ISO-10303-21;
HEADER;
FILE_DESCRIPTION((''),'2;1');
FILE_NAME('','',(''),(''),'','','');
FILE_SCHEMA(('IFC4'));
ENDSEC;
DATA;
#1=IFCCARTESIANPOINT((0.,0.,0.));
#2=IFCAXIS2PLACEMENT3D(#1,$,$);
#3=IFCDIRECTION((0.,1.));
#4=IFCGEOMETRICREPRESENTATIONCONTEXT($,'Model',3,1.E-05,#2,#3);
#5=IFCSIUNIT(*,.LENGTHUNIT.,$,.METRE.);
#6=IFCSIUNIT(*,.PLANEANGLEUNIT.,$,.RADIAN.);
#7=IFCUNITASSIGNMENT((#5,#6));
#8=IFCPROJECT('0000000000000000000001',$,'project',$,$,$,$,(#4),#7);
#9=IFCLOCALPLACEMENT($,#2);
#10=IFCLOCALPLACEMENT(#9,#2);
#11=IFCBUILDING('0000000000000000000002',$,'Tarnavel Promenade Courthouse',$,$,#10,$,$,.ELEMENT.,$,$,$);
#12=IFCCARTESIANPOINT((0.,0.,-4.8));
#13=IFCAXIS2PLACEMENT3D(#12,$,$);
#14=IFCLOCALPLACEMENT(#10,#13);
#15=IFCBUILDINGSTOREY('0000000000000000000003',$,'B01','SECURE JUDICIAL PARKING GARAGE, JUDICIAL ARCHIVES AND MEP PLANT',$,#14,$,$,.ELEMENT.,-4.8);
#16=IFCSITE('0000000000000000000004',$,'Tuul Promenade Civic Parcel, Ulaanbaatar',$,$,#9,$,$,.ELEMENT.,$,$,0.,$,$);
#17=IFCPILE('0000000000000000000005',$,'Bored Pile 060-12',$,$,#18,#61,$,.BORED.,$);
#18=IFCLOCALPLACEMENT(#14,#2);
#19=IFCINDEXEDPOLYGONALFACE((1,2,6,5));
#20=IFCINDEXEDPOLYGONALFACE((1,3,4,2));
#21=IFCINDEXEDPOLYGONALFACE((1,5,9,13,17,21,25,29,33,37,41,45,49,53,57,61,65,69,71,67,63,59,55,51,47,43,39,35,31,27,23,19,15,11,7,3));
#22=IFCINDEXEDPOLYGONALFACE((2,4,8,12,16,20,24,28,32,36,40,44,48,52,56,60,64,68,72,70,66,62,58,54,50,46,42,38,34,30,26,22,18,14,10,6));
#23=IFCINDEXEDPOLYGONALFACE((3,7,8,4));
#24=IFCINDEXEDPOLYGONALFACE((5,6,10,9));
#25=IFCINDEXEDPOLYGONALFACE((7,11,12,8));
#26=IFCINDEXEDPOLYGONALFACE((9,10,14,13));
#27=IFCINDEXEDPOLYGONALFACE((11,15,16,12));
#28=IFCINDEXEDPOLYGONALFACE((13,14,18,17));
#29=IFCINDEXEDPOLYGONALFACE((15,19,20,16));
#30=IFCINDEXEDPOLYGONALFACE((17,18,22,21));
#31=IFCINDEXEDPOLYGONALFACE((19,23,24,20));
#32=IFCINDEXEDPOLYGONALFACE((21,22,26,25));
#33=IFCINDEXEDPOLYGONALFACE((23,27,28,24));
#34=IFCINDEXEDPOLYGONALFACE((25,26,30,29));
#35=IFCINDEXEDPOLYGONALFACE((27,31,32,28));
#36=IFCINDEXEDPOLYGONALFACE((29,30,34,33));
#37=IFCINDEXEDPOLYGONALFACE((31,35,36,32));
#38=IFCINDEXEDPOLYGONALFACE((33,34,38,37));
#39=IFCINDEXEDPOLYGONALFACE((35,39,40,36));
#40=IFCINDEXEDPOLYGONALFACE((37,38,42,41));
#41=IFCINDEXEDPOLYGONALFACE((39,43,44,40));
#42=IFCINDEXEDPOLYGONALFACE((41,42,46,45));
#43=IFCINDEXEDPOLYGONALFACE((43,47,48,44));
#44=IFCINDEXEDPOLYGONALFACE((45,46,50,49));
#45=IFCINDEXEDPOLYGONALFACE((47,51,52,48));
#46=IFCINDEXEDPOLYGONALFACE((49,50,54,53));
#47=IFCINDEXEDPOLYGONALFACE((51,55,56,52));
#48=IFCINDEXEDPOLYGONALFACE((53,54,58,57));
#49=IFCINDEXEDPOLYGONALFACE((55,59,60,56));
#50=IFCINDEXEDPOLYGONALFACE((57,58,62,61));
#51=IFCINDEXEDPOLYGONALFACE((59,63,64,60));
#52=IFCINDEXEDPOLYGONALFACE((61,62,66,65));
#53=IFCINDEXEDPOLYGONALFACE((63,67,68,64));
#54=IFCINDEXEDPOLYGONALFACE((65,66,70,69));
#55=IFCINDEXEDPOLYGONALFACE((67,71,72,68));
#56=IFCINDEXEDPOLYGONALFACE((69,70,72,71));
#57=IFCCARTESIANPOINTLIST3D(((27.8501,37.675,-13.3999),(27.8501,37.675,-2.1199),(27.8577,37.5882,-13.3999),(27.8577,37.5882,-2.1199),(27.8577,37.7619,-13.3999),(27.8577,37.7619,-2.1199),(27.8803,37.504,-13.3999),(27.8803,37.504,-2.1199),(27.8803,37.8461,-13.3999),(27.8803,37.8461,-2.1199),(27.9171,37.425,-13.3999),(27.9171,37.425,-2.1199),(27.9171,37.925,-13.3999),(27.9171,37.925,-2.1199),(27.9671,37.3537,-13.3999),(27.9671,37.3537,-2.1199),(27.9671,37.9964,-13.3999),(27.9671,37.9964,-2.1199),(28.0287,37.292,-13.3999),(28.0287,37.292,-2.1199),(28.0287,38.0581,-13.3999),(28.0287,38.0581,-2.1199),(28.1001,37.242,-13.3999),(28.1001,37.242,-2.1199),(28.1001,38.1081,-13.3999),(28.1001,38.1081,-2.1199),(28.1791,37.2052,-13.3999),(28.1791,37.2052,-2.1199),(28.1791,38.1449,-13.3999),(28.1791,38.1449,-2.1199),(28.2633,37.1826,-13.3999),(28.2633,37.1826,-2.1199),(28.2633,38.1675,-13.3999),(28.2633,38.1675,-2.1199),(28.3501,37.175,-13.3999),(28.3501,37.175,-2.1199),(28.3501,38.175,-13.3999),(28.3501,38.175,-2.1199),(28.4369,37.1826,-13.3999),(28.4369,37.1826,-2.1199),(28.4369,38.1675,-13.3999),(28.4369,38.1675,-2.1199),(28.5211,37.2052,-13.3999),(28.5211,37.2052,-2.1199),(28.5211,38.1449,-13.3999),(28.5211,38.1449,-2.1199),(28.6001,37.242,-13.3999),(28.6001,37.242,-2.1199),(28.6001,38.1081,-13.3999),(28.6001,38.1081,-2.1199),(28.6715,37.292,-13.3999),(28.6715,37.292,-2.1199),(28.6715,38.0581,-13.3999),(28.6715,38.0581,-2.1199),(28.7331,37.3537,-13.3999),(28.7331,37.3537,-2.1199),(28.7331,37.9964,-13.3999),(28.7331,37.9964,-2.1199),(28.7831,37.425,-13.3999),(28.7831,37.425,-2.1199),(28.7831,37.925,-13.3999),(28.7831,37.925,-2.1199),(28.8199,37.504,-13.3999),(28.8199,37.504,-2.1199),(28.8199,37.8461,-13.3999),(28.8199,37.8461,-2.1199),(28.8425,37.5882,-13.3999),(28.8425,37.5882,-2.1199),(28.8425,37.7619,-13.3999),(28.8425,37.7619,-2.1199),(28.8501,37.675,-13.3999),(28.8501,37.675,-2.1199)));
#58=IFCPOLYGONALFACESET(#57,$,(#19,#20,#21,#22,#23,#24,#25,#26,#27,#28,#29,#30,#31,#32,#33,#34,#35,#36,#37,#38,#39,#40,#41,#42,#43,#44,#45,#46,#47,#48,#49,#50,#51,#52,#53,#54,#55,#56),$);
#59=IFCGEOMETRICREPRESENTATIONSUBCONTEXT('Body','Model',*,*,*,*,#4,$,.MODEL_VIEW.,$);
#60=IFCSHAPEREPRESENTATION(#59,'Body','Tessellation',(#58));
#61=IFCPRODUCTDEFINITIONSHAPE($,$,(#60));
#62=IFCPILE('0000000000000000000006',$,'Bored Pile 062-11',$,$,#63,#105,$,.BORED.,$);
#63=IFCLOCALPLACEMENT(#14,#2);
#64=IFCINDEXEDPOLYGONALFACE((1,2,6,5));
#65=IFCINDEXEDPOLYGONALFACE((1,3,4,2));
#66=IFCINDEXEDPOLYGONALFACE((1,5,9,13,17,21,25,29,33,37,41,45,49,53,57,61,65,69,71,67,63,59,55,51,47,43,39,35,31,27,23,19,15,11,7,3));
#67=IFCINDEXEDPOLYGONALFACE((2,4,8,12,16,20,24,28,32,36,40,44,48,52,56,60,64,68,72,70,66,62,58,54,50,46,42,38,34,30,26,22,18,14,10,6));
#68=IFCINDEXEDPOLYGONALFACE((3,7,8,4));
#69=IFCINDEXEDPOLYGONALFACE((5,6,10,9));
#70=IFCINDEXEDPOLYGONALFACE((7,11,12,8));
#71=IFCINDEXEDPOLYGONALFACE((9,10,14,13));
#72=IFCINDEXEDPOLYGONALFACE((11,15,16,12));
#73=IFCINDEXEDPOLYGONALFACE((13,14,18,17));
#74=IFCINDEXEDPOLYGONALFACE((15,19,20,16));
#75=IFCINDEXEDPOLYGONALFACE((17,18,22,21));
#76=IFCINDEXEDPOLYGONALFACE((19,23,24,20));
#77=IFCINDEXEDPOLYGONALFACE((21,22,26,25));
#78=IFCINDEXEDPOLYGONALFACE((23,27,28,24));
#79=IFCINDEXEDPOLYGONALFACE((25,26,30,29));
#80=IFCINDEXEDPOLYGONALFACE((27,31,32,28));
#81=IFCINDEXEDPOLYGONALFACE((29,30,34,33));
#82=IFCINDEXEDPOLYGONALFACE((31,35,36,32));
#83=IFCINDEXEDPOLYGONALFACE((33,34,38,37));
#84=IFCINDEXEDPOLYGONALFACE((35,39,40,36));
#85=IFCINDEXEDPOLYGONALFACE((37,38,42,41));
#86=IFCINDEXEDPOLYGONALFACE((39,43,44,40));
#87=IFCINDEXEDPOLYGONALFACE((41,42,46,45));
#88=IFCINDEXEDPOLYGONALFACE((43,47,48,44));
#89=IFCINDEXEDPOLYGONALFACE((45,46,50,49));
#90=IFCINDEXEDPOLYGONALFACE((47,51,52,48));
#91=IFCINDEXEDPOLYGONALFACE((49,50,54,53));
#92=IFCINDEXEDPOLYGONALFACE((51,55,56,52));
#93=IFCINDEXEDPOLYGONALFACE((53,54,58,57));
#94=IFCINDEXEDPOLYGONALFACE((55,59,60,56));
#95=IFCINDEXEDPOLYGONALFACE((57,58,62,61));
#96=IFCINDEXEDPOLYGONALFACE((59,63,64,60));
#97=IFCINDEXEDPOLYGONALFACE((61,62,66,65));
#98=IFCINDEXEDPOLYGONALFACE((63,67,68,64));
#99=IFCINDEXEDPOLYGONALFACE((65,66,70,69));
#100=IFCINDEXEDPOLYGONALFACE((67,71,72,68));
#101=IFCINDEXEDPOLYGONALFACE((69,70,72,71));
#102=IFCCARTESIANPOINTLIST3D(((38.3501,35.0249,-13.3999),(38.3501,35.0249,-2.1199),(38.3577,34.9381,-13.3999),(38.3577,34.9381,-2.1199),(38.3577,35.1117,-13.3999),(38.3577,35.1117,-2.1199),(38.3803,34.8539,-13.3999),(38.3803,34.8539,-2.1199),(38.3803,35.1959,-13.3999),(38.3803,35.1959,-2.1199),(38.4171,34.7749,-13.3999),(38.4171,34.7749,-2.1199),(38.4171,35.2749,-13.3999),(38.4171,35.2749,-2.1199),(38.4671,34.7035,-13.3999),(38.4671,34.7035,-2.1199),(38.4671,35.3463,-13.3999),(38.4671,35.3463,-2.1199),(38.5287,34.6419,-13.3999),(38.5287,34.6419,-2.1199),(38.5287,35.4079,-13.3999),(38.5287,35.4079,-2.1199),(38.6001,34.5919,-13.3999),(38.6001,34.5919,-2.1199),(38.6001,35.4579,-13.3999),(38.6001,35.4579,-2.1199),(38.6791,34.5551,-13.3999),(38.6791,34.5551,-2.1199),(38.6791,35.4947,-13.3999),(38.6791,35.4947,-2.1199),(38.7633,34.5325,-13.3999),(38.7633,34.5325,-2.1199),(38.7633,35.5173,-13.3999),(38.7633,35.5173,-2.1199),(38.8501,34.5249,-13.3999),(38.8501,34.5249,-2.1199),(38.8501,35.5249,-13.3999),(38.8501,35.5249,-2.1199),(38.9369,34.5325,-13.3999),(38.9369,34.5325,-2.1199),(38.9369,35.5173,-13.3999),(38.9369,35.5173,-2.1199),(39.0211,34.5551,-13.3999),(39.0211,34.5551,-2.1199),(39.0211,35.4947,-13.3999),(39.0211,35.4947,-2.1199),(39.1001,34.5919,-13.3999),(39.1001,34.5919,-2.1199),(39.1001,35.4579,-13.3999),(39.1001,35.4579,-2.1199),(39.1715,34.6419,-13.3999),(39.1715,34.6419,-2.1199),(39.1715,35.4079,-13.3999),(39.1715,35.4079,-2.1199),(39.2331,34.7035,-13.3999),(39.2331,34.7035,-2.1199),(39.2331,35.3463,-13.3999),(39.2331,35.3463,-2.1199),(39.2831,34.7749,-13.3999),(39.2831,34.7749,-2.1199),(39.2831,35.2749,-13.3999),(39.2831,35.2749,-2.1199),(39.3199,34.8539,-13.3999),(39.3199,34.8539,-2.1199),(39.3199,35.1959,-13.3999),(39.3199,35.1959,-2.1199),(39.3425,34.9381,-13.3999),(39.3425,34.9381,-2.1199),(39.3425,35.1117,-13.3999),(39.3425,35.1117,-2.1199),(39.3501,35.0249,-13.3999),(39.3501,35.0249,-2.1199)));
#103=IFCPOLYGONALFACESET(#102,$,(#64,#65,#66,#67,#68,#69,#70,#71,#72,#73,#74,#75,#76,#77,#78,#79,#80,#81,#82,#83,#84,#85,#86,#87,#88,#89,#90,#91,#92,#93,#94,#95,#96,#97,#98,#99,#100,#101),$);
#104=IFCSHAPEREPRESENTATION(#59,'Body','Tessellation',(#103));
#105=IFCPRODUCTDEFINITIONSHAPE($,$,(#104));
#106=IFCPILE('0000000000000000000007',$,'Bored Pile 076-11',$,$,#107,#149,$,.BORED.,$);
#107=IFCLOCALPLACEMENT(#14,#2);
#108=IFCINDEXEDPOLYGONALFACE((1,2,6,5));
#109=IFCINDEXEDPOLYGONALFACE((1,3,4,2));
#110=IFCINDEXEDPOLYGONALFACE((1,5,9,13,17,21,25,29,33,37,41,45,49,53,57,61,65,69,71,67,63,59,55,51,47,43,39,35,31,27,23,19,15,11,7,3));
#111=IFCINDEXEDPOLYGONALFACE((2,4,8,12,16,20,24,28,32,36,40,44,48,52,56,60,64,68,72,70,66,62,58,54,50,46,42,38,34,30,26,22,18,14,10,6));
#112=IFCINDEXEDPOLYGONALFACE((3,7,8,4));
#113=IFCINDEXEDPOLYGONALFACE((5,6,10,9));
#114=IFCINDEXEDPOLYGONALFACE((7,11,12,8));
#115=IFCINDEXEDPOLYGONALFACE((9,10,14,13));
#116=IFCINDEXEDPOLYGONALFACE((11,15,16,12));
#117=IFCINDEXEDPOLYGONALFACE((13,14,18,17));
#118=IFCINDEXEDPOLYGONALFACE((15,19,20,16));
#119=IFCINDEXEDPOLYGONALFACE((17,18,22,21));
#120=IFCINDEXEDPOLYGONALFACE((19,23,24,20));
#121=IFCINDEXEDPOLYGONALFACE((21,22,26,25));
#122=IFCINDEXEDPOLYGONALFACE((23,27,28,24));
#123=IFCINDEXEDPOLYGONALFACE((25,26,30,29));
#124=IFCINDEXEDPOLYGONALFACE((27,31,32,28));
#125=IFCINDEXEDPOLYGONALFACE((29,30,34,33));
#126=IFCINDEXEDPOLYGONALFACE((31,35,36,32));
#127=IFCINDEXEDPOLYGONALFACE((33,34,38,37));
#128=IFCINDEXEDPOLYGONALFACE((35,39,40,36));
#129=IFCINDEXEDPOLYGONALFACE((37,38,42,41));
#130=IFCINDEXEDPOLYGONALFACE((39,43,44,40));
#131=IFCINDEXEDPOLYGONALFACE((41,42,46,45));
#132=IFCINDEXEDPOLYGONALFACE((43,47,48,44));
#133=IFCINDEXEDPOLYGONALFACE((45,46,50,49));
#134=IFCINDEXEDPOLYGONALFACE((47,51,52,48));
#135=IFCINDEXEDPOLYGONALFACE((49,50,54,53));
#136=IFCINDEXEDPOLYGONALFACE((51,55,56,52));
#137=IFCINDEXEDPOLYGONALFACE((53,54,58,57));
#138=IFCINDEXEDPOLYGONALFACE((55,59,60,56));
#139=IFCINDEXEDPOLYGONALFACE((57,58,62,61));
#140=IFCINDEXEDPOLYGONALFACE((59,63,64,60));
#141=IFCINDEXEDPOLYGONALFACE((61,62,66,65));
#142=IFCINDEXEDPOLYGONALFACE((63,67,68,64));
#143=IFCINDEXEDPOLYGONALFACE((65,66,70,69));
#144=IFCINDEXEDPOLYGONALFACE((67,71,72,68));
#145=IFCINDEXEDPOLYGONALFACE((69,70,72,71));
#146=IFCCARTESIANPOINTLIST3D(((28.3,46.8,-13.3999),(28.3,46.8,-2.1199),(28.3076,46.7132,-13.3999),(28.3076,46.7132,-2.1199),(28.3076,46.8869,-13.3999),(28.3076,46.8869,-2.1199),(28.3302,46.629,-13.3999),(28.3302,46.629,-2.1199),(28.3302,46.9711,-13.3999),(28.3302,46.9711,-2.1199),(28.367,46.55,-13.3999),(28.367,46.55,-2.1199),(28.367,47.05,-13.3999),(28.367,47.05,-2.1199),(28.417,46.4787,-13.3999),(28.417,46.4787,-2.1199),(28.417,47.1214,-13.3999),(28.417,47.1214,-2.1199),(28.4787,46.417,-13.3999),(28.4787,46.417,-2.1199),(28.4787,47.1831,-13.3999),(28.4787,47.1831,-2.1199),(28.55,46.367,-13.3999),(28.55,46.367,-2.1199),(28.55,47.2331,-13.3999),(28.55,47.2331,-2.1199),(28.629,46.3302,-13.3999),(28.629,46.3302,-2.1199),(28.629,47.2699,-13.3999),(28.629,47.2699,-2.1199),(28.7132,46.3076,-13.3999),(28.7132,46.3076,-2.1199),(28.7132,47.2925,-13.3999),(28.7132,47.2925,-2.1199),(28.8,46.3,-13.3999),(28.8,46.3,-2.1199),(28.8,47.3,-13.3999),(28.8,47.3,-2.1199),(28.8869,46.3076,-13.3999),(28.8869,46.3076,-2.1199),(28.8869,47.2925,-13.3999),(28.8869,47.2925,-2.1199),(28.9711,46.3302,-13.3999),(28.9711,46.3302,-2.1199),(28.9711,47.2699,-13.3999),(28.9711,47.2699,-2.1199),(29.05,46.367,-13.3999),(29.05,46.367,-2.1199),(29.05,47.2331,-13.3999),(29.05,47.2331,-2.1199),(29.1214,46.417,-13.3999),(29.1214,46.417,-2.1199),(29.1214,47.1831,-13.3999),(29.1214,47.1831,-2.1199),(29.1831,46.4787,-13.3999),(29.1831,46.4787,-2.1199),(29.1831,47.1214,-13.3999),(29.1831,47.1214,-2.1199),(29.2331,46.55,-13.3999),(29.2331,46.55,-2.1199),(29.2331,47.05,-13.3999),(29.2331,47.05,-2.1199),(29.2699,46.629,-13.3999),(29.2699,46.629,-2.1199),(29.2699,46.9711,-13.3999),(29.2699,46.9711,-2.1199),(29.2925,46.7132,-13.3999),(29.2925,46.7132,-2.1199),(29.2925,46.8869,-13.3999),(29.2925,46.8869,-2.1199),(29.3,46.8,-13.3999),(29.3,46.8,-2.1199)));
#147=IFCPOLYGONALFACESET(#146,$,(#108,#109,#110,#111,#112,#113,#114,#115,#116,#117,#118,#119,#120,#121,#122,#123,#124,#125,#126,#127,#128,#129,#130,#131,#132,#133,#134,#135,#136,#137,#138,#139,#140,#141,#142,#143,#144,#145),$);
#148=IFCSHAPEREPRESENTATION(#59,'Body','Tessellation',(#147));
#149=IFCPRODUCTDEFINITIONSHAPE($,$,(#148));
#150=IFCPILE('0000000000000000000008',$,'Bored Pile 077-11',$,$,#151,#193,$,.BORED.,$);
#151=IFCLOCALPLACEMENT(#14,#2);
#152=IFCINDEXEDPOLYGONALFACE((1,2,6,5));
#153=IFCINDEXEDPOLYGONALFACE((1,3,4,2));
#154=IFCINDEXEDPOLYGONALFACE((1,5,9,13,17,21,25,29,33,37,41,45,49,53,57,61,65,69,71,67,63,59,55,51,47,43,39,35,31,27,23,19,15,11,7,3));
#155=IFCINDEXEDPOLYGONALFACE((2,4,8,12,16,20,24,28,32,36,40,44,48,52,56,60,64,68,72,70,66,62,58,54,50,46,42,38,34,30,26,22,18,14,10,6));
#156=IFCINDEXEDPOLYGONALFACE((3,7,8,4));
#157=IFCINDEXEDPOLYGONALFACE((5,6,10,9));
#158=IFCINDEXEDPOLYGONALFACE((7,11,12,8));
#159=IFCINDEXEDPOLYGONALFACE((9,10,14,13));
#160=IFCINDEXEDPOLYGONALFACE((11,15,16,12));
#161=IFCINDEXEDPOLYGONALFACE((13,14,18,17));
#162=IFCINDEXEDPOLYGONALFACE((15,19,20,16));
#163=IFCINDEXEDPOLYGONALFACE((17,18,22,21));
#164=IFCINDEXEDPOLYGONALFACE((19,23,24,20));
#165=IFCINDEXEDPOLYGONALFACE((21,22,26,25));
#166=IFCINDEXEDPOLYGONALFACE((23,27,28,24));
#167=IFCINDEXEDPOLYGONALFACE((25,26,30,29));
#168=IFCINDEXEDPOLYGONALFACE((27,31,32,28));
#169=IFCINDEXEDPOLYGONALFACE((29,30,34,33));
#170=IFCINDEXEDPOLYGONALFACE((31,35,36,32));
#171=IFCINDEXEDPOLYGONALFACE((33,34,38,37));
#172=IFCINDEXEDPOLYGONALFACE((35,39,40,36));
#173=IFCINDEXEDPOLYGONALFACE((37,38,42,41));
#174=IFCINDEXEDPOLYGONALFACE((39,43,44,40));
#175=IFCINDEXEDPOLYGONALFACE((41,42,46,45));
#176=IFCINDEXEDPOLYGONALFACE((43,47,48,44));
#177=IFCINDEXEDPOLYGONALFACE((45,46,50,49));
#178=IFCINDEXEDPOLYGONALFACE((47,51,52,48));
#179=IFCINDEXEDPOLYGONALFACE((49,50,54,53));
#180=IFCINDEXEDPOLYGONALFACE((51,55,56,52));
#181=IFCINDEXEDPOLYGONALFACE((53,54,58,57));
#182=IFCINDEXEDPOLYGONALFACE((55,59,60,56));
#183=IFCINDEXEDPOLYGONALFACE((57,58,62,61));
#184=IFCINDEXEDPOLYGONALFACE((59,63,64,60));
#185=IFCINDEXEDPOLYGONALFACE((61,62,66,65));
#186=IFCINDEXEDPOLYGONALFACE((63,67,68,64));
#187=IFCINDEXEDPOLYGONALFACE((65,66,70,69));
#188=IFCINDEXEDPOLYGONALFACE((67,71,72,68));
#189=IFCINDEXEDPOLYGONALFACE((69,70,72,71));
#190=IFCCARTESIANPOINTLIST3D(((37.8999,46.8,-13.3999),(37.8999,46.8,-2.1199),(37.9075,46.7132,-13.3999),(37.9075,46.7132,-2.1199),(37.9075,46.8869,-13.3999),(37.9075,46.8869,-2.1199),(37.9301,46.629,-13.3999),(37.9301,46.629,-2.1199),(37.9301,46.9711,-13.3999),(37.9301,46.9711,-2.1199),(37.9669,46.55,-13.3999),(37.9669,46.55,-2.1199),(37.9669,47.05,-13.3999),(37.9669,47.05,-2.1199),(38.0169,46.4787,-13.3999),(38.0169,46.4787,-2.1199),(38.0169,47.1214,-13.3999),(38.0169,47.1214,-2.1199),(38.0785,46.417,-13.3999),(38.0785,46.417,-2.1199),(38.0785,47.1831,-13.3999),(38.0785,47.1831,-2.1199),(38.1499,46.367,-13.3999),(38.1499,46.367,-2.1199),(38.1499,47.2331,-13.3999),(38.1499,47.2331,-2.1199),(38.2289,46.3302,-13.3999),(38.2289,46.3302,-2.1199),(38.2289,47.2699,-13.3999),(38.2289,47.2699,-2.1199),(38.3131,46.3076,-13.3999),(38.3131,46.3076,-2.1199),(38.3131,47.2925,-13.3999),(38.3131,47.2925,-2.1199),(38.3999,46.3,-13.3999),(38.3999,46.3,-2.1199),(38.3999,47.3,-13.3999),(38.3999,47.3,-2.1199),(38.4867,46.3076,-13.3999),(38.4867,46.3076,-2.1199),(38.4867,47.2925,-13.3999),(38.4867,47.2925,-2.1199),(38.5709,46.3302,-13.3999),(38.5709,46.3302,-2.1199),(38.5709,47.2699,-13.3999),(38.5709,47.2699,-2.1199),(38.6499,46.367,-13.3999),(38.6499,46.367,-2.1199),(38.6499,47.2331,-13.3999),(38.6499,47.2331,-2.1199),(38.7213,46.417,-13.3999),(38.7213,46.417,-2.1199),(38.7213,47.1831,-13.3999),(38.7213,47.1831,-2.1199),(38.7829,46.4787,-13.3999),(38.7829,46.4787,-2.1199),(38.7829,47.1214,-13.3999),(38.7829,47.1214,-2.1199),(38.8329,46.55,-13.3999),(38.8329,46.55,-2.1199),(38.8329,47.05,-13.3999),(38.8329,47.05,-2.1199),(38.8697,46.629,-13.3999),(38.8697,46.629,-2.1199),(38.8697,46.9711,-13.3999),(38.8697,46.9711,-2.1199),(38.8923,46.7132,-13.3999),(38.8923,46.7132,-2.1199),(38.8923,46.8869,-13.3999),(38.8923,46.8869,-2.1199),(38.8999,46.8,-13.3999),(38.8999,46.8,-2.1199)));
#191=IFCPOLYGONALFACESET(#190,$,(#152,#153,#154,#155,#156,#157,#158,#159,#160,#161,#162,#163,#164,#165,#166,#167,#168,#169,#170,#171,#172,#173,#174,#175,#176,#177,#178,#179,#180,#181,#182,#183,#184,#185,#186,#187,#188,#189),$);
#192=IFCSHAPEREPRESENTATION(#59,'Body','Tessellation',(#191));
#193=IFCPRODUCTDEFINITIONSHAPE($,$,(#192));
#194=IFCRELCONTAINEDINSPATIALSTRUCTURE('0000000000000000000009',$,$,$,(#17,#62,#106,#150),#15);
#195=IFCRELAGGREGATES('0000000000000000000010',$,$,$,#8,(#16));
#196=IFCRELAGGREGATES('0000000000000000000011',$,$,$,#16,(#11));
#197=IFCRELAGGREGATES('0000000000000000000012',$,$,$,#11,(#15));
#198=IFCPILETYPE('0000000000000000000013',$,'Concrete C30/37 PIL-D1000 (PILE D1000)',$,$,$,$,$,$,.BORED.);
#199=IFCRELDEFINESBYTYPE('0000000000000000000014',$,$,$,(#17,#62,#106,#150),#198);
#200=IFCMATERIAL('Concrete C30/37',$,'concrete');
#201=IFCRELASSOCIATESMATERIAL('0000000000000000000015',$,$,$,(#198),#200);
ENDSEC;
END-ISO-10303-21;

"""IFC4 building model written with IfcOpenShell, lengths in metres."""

from ifc_helpers import new_model, si_unit, direction, frame, origin, origin_2d, place, context, subcontext, project, spatial, circle, extrude, material, material_profile, profile_set, type_object, element, save


model = new_model("IFC4")

# Units and contexts
model_context = context("Model", 3, precision=1e-05, world=origin(), true_north=direction((0.0, 1.0)))
body_context = subcontext(model_context, "Body", "Model", "MODEL_VIEW")
ifc_project = project(units=[si_unit("LENGTHUNIT", "METRE"), si_unit("PLANEANGLEUNIT", "RADIAN")], contexts=[model_context])

# Site, building, storey
site_placement = place(None, origin())
site = spatial("IfcSite", under=ifc_project, at=site_placement, Name="Tuul Promenade Civic Parcel, Ulaanbaatar", CompositionType="ELEMENT", RefElevation=0.0)
building_placement = place(site_placement, origin())
building = spatial("IfcBuilding", under=site, at=building_placement, Name="Tarnavel Promenade Courthouse", CompositionType="ELEMENT")
storey_placement = place(building_placement, frame((0.0, 0.0, -4.8)))
storey = spatial("IfcBuildingStorey", under=building, at=storey_placement, Name="B01", Description="SECURE JUDICIAL PARKING GARAGE, JUDICIAL ARCHIVES AND MEP PLANT", CompositionType="ELEMENT", Elevation=-4.8)

# Piles
ifc_material_1 = material(Name="Concrete C30/37", Category="concrete")
ifc_material_profile_1 = material_profile(ifc_material_1, circle(Radius=0.5, at=origin_2d()), Name="PILE D1000")
ifc_profile_set_1 = profile_set([ifc_material_profile_1], Name="Concrete C30/37")
pile_type_1 = type_object("IfcPileType", Name="Concrete C30/37 PIL-D1000 (PILE D1000)", PredefinedType="BORED", material=ifc_profile_set_1)
for number, where, z_axis, x_axis, name in (
    (1, (28.3501, 37.675, -2.1199), (0.0, 0.0, -1.0), (1.0, 0.0, 0.0), "Bored Pile 060-12"),
    (2, (38.8501, 35.0249, -2.1199), (0.0, 0.0, -1.0), (1.0, 0.0, 0.0), "Bored Pile 062-11"),
    (3, (28.8, 46.8, -2.1199), (0.0, 0.0, -1.0), (1.0, 0.0, 0.0), "Bored Pile 076-11"),
    (4, (38.3999, 46.8, -2.1199), (0.0, 0.0, -1.0), (1.0, 0.0, 0.0), "Bored Pile 077-11"),
):
    element("IfcPile", number, at=place(storey_placement, frame(where, z_axis=z_axis, x_axis=x_axis)), inside=storey, type_object=pile_type_1, Name=name, PredefinedType="BORED", context=body_context, shape_type="SweptSolid", body=[
        extrude(circle(Radius=0.5, at=origin_2d()), origin(), (0.0, 0.0, 1.0), 11.28),
    ])

save(model, "model.ifc")
